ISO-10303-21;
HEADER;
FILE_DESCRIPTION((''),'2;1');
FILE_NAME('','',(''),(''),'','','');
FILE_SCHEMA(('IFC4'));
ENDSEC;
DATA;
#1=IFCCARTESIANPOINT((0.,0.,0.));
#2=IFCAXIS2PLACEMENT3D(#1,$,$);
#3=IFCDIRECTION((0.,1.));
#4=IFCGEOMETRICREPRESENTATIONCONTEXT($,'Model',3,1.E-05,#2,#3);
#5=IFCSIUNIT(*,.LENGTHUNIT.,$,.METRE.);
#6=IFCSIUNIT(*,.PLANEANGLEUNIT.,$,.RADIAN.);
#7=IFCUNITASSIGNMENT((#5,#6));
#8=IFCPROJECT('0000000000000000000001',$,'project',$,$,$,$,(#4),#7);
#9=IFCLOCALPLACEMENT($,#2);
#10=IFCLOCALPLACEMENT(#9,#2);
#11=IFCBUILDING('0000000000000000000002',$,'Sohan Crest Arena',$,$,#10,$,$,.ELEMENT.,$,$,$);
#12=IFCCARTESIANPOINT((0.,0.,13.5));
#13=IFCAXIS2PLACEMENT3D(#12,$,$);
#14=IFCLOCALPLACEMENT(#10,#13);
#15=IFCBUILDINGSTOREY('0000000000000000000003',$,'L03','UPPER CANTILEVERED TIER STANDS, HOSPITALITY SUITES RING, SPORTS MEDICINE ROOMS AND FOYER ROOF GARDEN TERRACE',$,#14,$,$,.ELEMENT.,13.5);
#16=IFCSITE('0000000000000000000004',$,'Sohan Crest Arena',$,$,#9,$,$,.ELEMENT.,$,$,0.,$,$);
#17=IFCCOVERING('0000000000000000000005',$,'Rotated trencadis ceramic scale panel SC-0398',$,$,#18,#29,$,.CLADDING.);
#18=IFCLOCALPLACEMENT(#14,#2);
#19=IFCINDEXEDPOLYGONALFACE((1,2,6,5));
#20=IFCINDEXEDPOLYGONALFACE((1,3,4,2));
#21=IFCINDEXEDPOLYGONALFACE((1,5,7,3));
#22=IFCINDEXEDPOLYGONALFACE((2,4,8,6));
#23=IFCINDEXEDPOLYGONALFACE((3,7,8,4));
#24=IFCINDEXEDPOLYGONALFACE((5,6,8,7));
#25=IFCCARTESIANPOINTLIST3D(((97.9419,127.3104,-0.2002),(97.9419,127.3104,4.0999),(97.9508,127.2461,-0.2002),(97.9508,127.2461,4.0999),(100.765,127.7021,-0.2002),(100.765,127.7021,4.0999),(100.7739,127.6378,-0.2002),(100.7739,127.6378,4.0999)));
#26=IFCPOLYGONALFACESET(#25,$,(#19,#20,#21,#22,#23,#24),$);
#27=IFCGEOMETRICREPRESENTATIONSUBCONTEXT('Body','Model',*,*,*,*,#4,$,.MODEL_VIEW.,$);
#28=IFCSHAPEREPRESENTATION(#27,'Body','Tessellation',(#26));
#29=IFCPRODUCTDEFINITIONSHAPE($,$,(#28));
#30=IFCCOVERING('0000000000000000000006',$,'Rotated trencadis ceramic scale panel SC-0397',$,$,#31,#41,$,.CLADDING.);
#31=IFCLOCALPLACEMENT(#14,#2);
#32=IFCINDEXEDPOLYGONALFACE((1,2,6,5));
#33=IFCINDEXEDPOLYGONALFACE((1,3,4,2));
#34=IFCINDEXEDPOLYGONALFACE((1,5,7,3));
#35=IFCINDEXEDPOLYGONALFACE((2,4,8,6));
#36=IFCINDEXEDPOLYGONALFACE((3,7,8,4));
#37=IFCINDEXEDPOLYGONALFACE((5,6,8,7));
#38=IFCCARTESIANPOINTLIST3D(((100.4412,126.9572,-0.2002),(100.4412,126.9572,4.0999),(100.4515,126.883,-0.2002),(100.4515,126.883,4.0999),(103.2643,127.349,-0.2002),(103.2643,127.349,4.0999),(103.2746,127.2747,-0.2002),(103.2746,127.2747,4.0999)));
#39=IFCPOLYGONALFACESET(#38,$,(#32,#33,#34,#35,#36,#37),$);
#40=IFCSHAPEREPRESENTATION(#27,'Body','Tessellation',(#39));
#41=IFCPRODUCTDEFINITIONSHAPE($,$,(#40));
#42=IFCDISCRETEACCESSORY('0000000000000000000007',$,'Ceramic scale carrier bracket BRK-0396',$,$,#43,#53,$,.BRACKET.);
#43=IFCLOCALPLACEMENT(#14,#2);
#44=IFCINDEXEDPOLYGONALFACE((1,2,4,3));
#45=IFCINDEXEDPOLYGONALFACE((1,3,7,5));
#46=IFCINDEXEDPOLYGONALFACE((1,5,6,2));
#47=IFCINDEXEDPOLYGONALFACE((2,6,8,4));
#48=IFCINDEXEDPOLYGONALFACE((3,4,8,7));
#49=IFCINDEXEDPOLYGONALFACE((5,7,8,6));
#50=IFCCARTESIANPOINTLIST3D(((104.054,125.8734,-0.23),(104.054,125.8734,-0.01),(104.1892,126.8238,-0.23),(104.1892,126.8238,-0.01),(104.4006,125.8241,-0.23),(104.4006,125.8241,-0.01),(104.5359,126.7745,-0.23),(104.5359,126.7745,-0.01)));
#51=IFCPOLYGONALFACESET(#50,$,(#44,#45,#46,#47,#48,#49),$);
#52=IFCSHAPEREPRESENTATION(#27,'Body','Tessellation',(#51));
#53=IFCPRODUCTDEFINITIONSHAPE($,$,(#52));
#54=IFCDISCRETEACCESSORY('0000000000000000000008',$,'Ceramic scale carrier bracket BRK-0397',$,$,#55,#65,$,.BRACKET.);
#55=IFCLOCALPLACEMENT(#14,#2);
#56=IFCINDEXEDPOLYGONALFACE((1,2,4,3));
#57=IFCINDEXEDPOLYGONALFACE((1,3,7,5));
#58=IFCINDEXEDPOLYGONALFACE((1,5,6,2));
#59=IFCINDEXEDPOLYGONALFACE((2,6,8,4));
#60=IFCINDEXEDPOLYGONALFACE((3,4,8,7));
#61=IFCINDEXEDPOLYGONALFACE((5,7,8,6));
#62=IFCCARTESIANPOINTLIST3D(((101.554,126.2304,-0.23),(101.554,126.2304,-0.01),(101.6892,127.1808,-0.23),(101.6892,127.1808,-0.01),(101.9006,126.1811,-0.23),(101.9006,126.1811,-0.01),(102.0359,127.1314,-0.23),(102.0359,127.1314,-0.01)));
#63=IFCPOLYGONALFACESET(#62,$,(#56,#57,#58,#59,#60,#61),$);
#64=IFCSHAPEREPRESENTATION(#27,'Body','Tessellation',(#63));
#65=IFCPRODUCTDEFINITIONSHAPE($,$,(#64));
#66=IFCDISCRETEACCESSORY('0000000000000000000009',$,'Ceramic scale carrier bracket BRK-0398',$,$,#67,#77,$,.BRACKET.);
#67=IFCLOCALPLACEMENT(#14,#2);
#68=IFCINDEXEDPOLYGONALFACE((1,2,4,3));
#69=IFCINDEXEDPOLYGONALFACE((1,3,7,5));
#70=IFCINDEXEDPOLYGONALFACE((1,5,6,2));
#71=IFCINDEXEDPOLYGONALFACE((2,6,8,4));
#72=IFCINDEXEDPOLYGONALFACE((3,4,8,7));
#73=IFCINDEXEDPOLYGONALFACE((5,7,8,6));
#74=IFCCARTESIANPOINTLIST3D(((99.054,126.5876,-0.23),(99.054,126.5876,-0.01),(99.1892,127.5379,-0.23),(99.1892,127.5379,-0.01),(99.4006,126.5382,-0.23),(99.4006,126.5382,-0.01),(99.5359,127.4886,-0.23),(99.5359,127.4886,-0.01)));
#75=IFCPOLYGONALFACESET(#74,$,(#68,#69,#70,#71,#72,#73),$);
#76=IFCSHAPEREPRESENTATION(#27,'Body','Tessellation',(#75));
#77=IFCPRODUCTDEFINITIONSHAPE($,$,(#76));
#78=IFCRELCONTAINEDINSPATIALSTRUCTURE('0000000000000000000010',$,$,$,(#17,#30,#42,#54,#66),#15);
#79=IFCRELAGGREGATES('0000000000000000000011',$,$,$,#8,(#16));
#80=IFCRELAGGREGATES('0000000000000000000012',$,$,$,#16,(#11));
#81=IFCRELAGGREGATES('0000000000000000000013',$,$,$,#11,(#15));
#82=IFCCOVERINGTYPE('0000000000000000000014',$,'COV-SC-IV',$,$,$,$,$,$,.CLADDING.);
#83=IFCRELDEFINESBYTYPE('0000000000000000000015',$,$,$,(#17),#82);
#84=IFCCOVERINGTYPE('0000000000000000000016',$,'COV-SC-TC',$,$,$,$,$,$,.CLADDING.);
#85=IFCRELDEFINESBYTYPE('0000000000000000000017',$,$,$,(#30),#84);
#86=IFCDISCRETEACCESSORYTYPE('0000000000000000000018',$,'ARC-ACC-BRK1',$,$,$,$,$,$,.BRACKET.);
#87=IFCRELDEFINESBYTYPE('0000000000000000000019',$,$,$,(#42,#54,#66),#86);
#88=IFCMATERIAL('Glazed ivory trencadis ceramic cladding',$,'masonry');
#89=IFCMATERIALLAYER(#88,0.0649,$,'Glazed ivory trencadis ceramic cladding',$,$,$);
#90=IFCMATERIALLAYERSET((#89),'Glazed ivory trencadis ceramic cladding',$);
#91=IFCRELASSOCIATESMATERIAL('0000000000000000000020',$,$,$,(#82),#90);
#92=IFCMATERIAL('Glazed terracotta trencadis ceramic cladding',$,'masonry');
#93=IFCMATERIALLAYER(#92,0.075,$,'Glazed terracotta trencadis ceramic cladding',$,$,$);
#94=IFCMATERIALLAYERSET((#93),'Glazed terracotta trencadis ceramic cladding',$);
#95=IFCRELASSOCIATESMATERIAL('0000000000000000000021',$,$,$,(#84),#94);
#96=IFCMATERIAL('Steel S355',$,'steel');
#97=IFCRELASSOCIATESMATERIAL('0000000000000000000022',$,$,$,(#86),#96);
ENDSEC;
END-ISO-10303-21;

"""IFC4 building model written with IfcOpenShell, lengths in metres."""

from ifc_helpers import new_model, si_unit, direction, frame, origin, origin_2d, place, context, subcontext, project, spatial, rectangle, extrude, material, layer, layer_set, type_object, element, save


model = new_model("IFC4")

# Units and contexts
model_context = context("Model", 3, precision=1e-05, world=origin(), true_north=direction((0.0, 1.0)))
body_context = subcontext(model_context, "Body", "Model", "MODEL_VIEW")
ifc_project = project(units=[si_unit("LENGTHUNIT", "METRE"), si_unit("PLANEANGLEUNIT", "RADIAN")], contexts=[model_context])

# Site, building, storey
site_placement = place(None, origin())
site = spatial("IfcSite", under=ifc_project, at=site_placement, Name="Sohan Crest Arena", CompositionType="ELEMENT", RefElevation=0.0)
building_placement = place(site_placement, origin())
building = spatial("IfcBuilding", under=site, at=building_placement, Name="Sohan Crest Arena", CompositionType="ELEMENT")
storey_placement = place(building_placement, frame((0.0, 0.0, 13.5)))
storey = spatial("IfcBuildingStorey", under=building, at=storey_placement, Name="L03", Description="UPPER CANTILEVERED TIER STANDS, HOSPITALITY SUITES RING, SPORTS MEDICINE ROOMS AND FOYER ROOF GARDEN TERRACE", CompositionType="ELEMENT", Elevation=13.5)

# Coverings
ifc_material_1 = material(Name="Glazed ivory trencadis ceramic cladding", Category="masonry")
ifc_layer_1 = layer(ifc_material_1, 0.0649, Name="Glazed ivory trencadis ceramic cladding")
ifc_layer_set_1 = layer_set([ifc_layer_1], Name="Glazed ivory trencadis ceramic cladding")
covering_type_1 = type_object("IfcCoveringType", Name="COV-SC-IV", PredefinedType="CLADDING", material=ifc_layer_set_1)
for number, where, z_axis, x_axis, name in (
    (1, (99.3579, 127.4741, -0.2002), (0.0, 0.0, 1.0), (-0.990509, -0.137445, 0.0), "Rotated trencadis ceramic scale panel SC-0398"),
):
    element("IfcCovering", number, at=place(storey_placement, frame(where, z_axis=z_axis, x_axis=x_axis)), inside=storey, type_object=covering_type_1, Name=name, PredefinedType="CLADDING", context=body_context, shape_type="SweptSolid", body=[
        extrude(rectangle(XDim=2.8501, YDim=0.0649, at=origin_2d()), origin(), (0.0, 0.0, 1.0), 4.3),
    ])
ifc_material_2 = material(Name="Glazed terracotta trencadis ceramic cladding", Category="masonry")
ifc_layer_2 = layer(ifc_material_2, 0.075, Name="Glazed terracotta trencadis ceramic cladding")
ifc_layer_set_2 = layer_set([ifc_layer_2], Name="Glazed terracotta trencadis ceramic cladding")
covering_type_2 = type_object("IfcCoveringType", Name="COV-SC-TC", PredefinedType="CLADDING", material=ifc_layer_set_2)
covering_placement = place(storey_placement, frame((101.8579, 127.116, -0.2002), z_axis=(0.0, 0.0, 1.0), x_axis=(-0.990509, -0.137445, 0.0)))
element("IfcCovering", 2, at=covering_placement, inside=storey, type_object=covering_type_2, Name="Rotated trencadis ceramic scale panel SC-0397", PredefinedType="CLADDING", context=body_context, shape_type="SweptSolid", body=[
    extrude(rectangle(XDim=2.8501, YDim=0.075, at=origin_2d()), origin(), (0.0, 0.0, 1.0), 4.3),
])

# Discrete accessories
ifc_material_3 = material(Name="Steel S355", Category="steel")
discrete_accessory_type = type_object("IfcDiscreteAccessoryType", Name="ARC-ACC-BRK1", PredefinedType="BRACKET", material=ifc_material_3)
for number, where, z_axis, x_axis, name in (
    (3, (104.2949, 126.324, -0.23), (0.0, 0.0, 1.0), (-0.990024, 0.140901, 0.0), "Ceramic scale carrier bracket BRK-0396"),
    (4, (101.7949, 126.6809, -0.23), (0.0, 0.0, 1.0), (-0.990024, 0.140901, 0.0), "Ceramic scale carrier bracket BRK-0397"),
    (5, (99.2949, 127.0381, -0.23), (0.0, 0.0, 1.0), (-0.990024, 0.140901, 0.0), "Ceramic scale carrier bracket BRK-0398"),
):
    element("IfcDiscreteAccessory", number, at=place(storey_placement, frame(where, z_axis=z_axis, x_axis=x_axis)), inside=storey, type_object=discrete_accessory_type, Name=name, PredefinedType="BRACKET", context=body_context, shape_type="SweptSolid", body=[
        extrude(rectangle(XDim=0.3501, YDim=0.96, at=origin_2d()), origin(), (0.0, 0.0, 1.0), 0.22),
    ])

save(model, "model.ifc")
